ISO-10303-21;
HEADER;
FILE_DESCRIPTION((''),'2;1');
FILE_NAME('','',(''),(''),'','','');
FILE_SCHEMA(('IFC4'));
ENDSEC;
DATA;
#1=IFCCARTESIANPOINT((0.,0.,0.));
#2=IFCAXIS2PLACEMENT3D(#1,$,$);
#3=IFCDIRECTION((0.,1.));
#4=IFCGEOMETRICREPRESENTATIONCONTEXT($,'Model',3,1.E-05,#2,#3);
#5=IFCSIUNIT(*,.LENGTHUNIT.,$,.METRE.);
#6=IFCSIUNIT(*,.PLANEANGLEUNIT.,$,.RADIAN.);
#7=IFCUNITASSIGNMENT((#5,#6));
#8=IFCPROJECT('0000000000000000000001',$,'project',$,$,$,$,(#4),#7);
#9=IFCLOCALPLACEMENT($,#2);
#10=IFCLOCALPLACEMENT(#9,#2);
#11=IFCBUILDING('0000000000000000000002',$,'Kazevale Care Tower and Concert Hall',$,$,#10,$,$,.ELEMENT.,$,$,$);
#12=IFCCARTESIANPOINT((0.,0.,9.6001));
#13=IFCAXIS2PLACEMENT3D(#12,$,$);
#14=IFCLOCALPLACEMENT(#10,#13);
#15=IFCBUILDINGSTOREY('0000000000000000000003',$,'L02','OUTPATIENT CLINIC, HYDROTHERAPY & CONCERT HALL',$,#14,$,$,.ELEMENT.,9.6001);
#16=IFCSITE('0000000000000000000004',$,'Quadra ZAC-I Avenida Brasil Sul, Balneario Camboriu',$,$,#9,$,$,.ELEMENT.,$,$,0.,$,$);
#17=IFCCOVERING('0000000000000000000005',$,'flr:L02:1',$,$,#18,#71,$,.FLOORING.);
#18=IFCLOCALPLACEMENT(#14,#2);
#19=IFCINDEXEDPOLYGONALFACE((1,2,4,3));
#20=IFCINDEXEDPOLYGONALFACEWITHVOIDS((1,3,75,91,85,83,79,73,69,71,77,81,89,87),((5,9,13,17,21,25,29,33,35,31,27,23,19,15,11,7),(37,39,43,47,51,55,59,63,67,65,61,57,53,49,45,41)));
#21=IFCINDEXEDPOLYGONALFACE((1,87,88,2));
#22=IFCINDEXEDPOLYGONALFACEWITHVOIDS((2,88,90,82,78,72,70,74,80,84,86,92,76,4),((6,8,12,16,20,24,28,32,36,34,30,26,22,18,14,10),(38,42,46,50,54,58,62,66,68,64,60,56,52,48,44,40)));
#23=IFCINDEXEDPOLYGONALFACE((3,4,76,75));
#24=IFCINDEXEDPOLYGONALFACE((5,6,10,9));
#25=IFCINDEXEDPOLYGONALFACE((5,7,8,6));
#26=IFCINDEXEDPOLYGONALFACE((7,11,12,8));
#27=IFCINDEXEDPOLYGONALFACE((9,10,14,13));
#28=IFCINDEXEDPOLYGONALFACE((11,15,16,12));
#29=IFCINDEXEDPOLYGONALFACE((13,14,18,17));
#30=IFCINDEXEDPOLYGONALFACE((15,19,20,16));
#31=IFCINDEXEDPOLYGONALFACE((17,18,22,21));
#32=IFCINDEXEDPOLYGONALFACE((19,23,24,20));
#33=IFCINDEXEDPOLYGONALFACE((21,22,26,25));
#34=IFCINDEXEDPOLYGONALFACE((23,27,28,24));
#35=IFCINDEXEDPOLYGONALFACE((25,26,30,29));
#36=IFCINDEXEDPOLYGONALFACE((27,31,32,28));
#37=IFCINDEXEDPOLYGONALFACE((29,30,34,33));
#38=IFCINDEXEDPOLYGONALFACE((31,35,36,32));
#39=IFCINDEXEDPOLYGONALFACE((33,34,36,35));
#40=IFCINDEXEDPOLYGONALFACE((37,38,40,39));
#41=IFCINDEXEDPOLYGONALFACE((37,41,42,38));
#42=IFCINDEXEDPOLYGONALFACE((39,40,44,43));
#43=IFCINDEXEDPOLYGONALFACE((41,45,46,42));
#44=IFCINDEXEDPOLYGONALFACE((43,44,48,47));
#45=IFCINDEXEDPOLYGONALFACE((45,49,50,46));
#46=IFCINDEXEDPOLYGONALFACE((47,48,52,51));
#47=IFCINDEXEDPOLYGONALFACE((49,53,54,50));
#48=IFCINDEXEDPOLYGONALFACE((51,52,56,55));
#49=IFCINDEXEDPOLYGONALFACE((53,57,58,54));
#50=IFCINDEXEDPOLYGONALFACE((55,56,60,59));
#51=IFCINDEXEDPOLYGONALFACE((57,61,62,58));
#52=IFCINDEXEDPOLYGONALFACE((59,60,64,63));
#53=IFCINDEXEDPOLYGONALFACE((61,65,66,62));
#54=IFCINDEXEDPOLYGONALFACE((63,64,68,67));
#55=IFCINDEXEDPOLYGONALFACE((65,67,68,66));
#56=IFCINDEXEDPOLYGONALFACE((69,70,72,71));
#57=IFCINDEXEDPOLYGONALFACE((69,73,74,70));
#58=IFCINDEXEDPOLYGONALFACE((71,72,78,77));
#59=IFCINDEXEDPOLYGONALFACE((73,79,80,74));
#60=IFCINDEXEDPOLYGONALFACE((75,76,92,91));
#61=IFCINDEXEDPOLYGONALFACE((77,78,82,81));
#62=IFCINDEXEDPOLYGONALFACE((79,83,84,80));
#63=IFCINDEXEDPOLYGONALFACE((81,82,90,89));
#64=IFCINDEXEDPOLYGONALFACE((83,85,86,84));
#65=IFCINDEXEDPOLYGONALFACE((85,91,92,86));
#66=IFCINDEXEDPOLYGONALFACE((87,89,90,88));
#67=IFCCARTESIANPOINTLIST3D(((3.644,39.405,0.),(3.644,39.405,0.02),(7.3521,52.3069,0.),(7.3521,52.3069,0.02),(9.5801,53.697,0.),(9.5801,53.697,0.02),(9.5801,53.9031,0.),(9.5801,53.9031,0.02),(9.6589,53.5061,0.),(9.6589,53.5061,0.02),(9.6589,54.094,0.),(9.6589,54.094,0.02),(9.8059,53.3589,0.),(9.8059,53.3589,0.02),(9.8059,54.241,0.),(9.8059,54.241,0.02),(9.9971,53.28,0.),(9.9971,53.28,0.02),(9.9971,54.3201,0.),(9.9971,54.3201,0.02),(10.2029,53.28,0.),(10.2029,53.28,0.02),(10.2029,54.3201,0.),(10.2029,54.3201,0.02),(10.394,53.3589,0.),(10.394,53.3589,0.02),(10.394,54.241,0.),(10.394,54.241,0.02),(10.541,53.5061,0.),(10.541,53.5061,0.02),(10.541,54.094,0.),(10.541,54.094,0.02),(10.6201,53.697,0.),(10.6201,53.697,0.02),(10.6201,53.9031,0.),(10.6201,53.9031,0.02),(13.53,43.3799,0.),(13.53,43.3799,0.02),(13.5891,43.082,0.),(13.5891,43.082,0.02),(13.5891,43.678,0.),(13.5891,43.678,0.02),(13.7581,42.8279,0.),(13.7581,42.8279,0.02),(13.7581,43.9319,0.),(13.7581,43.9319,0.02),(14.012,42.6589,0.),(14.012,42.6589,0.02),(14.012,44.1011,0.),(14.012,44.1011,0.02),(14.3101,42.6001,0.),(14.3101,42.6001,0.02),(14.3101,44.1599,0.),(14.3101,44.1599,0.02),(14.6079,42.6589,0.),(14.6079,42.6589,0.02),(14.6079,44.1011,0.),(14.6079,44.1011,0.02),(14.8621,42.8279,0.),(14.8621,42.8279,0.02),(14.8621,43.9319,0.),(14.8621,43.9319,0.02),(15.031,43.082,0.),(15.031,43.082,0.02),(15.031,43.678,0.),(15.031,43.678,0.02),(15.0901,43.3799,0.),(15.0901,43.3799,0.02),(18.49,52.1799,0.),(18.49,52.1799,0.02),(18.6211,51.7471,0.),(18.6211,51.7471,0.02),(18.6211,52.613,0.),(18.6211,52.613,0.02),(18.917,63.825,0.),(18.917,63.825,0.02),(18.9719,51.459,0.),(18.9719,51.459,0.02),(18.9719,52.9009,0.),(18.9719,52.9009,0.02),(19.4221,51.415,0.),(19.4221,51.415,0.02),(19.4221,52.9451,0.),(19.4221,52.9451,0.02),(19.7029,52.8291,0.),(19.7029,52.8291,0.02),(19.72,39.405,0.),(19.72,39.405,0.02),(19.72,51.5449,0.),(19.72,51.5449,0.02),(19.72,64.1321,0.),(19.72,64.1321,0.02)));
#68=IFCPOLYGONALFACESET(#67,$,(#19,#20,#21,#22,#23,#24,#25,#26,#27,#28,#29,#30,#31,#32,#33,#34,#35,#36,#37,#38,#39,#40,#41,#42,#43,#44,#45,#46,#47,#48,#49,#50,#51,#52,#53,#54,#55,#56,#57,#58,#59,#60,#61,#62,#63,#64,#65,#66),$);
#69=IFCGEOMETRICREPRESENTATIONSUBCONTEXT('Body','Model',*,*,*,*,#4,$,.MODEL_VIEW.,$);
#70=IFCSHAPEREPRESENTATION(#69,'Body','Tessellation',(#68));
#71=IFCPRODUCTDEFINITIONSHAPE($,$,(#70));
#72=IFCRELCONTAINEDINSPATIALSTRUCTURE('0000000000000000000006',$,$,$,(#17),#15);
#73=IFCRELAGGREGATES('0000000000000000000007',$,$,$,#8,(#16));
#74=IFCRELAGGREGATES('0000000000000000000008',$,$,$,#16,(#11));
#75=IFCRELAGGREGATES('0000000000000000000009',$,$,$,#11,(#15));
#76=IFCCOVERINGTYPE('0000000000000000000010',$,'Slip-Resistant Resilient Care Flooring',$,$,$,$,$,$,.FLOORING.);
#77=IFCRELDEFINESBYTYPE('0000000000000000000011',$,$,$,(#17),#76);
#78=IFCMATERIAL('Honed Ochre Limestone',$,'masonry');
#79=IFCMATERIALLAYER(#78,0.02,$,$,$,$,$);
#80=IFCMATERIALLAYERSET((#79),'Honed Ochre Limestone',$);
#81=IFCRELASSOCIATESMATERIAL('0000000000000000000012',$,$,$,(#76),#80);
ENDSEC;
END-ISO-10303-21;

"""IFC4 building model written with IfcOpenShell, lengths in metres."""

from ifc_helpers import new_model, si_unit, direction, frame, origin, place, context, subcontext, project, spatial, polyline, outline, extrude, material, layer, layer_set, type_object, element, save


model = new_model("IFC4")

# Units and contexts
model_context = context("Model", 3, precision=1e-05, world=origin(), true_north=direction((0.0, 1.0)))
body_context = subcontext(model_context, "Body", "Model", "MODEL_VIEW")
ifc_project = project(units=[si_unit("LENGTHUNIT", "METRE"), si_unit("PLANEANGLEUNIT", "RADIAN")], contexts=[model_context])

# Site, building, storey
site_placement = place(None, origin())
site = spatial("IfcSite", under=ifc_project, at=site_placement, Name="Quadra ZAC-I Avenida Brasil Sul, Balneario Camboriu", CompositionType="ELEMENT", RefElevation=0.0)
building_placement = place(site_placement, origin())
building = spatial("IfcBuilding", under=site, at=building_placement, Name="Kazevale Care Tower and Concert Hall", CompositionType="ELEMENT")
storey_placement = place(building_placement, frame((0.0, 0.0, 9.6001)))
storey = spatial("IfcBuildingStorey", under=building, at=storey_placement, Name="L02", Description="OUTPATIENT CLINIC, HYDROTHERAPY & CONCERT HALL", CompositionType="ELEMENT", Elevation=9.6001)

# Covering
ifc_material_1 = material(Name="Honed Ochre Limestone", Category="masonry")
ifc_layer_1 = layer(ifc_material_1, 0.02)
ifc_layer_set_1 = layer_set([ifc_layer_1], Name="Honed Ochre Limestone")
covering_type_1 = type_object("IfcCoveringType", Name="Slip-Resistant Resilient Care Flooring", PredefinedType="FLOORING", material=ifc_layer_set_1)
covering_1_placement = place(storey_placement, origin())
element("IfcCovering", 1, at=covering_1_placement, inside=storey, type_object=covering_type_1, Name="flr:L02:1", PredefinedType="FLOORING", context=body_context, shape_type="SweptSolid", body=[
    extrude(outline(polyline([(19.7029, 52.8291), (19.4221, 52.9451), (18.9719, 52.9009), (18.6211, 52.613), (18.49, 52.1799), (18.6211, 51.7471), (18.9719, 51.459), (19.4221, 51.415), (19.72, 51.5449), (19.72, 39.405), (3.644, 39.405), (7.3521, 52.3069), (18.917, 63.825), (19.72, 64.1321), (19.7029, 52.8291)]), holes=[polyline([(15.031, 43.678), (14.8621, 43.9319), (14.6079, 44.1011), (14.3101, 44.1599), (14.012, 44.1011), (13.7581, 43.9319), (13.5891, 43.678), (13.53, 43.3799), (13.5891, 43.082), (13.7581, 42.8279), (14.012, 42.6589), (14.3101, 42.6001), (14.6079, 42.6589), (14.8621, 42.8279), (15.031, 43.082), (15.0901, 43.3799), (15.031, 43.678)]), polyline([(10.6201, 53.9031), (10.541, 54.094), (10.394, 54.241), (10.2029, 54.3201), (9.9971, 54.3201), (9.8059, 54.241), (9.6589, 54.094), (9.5801, 53.9031), (9.5801, 53.697), (9.6589, 53.5061), (9.8059, 53.3589), (9.9971, 53.28), (10.2029, 53.28), (10.394, 53.3589), (10.541, 53.5061), (10.6201, 53.697), (10.6201, 53.9031)])]), origin(), (0.0, 0.0, 1.0), 0.02),
])

save(model, "model.ifc")
